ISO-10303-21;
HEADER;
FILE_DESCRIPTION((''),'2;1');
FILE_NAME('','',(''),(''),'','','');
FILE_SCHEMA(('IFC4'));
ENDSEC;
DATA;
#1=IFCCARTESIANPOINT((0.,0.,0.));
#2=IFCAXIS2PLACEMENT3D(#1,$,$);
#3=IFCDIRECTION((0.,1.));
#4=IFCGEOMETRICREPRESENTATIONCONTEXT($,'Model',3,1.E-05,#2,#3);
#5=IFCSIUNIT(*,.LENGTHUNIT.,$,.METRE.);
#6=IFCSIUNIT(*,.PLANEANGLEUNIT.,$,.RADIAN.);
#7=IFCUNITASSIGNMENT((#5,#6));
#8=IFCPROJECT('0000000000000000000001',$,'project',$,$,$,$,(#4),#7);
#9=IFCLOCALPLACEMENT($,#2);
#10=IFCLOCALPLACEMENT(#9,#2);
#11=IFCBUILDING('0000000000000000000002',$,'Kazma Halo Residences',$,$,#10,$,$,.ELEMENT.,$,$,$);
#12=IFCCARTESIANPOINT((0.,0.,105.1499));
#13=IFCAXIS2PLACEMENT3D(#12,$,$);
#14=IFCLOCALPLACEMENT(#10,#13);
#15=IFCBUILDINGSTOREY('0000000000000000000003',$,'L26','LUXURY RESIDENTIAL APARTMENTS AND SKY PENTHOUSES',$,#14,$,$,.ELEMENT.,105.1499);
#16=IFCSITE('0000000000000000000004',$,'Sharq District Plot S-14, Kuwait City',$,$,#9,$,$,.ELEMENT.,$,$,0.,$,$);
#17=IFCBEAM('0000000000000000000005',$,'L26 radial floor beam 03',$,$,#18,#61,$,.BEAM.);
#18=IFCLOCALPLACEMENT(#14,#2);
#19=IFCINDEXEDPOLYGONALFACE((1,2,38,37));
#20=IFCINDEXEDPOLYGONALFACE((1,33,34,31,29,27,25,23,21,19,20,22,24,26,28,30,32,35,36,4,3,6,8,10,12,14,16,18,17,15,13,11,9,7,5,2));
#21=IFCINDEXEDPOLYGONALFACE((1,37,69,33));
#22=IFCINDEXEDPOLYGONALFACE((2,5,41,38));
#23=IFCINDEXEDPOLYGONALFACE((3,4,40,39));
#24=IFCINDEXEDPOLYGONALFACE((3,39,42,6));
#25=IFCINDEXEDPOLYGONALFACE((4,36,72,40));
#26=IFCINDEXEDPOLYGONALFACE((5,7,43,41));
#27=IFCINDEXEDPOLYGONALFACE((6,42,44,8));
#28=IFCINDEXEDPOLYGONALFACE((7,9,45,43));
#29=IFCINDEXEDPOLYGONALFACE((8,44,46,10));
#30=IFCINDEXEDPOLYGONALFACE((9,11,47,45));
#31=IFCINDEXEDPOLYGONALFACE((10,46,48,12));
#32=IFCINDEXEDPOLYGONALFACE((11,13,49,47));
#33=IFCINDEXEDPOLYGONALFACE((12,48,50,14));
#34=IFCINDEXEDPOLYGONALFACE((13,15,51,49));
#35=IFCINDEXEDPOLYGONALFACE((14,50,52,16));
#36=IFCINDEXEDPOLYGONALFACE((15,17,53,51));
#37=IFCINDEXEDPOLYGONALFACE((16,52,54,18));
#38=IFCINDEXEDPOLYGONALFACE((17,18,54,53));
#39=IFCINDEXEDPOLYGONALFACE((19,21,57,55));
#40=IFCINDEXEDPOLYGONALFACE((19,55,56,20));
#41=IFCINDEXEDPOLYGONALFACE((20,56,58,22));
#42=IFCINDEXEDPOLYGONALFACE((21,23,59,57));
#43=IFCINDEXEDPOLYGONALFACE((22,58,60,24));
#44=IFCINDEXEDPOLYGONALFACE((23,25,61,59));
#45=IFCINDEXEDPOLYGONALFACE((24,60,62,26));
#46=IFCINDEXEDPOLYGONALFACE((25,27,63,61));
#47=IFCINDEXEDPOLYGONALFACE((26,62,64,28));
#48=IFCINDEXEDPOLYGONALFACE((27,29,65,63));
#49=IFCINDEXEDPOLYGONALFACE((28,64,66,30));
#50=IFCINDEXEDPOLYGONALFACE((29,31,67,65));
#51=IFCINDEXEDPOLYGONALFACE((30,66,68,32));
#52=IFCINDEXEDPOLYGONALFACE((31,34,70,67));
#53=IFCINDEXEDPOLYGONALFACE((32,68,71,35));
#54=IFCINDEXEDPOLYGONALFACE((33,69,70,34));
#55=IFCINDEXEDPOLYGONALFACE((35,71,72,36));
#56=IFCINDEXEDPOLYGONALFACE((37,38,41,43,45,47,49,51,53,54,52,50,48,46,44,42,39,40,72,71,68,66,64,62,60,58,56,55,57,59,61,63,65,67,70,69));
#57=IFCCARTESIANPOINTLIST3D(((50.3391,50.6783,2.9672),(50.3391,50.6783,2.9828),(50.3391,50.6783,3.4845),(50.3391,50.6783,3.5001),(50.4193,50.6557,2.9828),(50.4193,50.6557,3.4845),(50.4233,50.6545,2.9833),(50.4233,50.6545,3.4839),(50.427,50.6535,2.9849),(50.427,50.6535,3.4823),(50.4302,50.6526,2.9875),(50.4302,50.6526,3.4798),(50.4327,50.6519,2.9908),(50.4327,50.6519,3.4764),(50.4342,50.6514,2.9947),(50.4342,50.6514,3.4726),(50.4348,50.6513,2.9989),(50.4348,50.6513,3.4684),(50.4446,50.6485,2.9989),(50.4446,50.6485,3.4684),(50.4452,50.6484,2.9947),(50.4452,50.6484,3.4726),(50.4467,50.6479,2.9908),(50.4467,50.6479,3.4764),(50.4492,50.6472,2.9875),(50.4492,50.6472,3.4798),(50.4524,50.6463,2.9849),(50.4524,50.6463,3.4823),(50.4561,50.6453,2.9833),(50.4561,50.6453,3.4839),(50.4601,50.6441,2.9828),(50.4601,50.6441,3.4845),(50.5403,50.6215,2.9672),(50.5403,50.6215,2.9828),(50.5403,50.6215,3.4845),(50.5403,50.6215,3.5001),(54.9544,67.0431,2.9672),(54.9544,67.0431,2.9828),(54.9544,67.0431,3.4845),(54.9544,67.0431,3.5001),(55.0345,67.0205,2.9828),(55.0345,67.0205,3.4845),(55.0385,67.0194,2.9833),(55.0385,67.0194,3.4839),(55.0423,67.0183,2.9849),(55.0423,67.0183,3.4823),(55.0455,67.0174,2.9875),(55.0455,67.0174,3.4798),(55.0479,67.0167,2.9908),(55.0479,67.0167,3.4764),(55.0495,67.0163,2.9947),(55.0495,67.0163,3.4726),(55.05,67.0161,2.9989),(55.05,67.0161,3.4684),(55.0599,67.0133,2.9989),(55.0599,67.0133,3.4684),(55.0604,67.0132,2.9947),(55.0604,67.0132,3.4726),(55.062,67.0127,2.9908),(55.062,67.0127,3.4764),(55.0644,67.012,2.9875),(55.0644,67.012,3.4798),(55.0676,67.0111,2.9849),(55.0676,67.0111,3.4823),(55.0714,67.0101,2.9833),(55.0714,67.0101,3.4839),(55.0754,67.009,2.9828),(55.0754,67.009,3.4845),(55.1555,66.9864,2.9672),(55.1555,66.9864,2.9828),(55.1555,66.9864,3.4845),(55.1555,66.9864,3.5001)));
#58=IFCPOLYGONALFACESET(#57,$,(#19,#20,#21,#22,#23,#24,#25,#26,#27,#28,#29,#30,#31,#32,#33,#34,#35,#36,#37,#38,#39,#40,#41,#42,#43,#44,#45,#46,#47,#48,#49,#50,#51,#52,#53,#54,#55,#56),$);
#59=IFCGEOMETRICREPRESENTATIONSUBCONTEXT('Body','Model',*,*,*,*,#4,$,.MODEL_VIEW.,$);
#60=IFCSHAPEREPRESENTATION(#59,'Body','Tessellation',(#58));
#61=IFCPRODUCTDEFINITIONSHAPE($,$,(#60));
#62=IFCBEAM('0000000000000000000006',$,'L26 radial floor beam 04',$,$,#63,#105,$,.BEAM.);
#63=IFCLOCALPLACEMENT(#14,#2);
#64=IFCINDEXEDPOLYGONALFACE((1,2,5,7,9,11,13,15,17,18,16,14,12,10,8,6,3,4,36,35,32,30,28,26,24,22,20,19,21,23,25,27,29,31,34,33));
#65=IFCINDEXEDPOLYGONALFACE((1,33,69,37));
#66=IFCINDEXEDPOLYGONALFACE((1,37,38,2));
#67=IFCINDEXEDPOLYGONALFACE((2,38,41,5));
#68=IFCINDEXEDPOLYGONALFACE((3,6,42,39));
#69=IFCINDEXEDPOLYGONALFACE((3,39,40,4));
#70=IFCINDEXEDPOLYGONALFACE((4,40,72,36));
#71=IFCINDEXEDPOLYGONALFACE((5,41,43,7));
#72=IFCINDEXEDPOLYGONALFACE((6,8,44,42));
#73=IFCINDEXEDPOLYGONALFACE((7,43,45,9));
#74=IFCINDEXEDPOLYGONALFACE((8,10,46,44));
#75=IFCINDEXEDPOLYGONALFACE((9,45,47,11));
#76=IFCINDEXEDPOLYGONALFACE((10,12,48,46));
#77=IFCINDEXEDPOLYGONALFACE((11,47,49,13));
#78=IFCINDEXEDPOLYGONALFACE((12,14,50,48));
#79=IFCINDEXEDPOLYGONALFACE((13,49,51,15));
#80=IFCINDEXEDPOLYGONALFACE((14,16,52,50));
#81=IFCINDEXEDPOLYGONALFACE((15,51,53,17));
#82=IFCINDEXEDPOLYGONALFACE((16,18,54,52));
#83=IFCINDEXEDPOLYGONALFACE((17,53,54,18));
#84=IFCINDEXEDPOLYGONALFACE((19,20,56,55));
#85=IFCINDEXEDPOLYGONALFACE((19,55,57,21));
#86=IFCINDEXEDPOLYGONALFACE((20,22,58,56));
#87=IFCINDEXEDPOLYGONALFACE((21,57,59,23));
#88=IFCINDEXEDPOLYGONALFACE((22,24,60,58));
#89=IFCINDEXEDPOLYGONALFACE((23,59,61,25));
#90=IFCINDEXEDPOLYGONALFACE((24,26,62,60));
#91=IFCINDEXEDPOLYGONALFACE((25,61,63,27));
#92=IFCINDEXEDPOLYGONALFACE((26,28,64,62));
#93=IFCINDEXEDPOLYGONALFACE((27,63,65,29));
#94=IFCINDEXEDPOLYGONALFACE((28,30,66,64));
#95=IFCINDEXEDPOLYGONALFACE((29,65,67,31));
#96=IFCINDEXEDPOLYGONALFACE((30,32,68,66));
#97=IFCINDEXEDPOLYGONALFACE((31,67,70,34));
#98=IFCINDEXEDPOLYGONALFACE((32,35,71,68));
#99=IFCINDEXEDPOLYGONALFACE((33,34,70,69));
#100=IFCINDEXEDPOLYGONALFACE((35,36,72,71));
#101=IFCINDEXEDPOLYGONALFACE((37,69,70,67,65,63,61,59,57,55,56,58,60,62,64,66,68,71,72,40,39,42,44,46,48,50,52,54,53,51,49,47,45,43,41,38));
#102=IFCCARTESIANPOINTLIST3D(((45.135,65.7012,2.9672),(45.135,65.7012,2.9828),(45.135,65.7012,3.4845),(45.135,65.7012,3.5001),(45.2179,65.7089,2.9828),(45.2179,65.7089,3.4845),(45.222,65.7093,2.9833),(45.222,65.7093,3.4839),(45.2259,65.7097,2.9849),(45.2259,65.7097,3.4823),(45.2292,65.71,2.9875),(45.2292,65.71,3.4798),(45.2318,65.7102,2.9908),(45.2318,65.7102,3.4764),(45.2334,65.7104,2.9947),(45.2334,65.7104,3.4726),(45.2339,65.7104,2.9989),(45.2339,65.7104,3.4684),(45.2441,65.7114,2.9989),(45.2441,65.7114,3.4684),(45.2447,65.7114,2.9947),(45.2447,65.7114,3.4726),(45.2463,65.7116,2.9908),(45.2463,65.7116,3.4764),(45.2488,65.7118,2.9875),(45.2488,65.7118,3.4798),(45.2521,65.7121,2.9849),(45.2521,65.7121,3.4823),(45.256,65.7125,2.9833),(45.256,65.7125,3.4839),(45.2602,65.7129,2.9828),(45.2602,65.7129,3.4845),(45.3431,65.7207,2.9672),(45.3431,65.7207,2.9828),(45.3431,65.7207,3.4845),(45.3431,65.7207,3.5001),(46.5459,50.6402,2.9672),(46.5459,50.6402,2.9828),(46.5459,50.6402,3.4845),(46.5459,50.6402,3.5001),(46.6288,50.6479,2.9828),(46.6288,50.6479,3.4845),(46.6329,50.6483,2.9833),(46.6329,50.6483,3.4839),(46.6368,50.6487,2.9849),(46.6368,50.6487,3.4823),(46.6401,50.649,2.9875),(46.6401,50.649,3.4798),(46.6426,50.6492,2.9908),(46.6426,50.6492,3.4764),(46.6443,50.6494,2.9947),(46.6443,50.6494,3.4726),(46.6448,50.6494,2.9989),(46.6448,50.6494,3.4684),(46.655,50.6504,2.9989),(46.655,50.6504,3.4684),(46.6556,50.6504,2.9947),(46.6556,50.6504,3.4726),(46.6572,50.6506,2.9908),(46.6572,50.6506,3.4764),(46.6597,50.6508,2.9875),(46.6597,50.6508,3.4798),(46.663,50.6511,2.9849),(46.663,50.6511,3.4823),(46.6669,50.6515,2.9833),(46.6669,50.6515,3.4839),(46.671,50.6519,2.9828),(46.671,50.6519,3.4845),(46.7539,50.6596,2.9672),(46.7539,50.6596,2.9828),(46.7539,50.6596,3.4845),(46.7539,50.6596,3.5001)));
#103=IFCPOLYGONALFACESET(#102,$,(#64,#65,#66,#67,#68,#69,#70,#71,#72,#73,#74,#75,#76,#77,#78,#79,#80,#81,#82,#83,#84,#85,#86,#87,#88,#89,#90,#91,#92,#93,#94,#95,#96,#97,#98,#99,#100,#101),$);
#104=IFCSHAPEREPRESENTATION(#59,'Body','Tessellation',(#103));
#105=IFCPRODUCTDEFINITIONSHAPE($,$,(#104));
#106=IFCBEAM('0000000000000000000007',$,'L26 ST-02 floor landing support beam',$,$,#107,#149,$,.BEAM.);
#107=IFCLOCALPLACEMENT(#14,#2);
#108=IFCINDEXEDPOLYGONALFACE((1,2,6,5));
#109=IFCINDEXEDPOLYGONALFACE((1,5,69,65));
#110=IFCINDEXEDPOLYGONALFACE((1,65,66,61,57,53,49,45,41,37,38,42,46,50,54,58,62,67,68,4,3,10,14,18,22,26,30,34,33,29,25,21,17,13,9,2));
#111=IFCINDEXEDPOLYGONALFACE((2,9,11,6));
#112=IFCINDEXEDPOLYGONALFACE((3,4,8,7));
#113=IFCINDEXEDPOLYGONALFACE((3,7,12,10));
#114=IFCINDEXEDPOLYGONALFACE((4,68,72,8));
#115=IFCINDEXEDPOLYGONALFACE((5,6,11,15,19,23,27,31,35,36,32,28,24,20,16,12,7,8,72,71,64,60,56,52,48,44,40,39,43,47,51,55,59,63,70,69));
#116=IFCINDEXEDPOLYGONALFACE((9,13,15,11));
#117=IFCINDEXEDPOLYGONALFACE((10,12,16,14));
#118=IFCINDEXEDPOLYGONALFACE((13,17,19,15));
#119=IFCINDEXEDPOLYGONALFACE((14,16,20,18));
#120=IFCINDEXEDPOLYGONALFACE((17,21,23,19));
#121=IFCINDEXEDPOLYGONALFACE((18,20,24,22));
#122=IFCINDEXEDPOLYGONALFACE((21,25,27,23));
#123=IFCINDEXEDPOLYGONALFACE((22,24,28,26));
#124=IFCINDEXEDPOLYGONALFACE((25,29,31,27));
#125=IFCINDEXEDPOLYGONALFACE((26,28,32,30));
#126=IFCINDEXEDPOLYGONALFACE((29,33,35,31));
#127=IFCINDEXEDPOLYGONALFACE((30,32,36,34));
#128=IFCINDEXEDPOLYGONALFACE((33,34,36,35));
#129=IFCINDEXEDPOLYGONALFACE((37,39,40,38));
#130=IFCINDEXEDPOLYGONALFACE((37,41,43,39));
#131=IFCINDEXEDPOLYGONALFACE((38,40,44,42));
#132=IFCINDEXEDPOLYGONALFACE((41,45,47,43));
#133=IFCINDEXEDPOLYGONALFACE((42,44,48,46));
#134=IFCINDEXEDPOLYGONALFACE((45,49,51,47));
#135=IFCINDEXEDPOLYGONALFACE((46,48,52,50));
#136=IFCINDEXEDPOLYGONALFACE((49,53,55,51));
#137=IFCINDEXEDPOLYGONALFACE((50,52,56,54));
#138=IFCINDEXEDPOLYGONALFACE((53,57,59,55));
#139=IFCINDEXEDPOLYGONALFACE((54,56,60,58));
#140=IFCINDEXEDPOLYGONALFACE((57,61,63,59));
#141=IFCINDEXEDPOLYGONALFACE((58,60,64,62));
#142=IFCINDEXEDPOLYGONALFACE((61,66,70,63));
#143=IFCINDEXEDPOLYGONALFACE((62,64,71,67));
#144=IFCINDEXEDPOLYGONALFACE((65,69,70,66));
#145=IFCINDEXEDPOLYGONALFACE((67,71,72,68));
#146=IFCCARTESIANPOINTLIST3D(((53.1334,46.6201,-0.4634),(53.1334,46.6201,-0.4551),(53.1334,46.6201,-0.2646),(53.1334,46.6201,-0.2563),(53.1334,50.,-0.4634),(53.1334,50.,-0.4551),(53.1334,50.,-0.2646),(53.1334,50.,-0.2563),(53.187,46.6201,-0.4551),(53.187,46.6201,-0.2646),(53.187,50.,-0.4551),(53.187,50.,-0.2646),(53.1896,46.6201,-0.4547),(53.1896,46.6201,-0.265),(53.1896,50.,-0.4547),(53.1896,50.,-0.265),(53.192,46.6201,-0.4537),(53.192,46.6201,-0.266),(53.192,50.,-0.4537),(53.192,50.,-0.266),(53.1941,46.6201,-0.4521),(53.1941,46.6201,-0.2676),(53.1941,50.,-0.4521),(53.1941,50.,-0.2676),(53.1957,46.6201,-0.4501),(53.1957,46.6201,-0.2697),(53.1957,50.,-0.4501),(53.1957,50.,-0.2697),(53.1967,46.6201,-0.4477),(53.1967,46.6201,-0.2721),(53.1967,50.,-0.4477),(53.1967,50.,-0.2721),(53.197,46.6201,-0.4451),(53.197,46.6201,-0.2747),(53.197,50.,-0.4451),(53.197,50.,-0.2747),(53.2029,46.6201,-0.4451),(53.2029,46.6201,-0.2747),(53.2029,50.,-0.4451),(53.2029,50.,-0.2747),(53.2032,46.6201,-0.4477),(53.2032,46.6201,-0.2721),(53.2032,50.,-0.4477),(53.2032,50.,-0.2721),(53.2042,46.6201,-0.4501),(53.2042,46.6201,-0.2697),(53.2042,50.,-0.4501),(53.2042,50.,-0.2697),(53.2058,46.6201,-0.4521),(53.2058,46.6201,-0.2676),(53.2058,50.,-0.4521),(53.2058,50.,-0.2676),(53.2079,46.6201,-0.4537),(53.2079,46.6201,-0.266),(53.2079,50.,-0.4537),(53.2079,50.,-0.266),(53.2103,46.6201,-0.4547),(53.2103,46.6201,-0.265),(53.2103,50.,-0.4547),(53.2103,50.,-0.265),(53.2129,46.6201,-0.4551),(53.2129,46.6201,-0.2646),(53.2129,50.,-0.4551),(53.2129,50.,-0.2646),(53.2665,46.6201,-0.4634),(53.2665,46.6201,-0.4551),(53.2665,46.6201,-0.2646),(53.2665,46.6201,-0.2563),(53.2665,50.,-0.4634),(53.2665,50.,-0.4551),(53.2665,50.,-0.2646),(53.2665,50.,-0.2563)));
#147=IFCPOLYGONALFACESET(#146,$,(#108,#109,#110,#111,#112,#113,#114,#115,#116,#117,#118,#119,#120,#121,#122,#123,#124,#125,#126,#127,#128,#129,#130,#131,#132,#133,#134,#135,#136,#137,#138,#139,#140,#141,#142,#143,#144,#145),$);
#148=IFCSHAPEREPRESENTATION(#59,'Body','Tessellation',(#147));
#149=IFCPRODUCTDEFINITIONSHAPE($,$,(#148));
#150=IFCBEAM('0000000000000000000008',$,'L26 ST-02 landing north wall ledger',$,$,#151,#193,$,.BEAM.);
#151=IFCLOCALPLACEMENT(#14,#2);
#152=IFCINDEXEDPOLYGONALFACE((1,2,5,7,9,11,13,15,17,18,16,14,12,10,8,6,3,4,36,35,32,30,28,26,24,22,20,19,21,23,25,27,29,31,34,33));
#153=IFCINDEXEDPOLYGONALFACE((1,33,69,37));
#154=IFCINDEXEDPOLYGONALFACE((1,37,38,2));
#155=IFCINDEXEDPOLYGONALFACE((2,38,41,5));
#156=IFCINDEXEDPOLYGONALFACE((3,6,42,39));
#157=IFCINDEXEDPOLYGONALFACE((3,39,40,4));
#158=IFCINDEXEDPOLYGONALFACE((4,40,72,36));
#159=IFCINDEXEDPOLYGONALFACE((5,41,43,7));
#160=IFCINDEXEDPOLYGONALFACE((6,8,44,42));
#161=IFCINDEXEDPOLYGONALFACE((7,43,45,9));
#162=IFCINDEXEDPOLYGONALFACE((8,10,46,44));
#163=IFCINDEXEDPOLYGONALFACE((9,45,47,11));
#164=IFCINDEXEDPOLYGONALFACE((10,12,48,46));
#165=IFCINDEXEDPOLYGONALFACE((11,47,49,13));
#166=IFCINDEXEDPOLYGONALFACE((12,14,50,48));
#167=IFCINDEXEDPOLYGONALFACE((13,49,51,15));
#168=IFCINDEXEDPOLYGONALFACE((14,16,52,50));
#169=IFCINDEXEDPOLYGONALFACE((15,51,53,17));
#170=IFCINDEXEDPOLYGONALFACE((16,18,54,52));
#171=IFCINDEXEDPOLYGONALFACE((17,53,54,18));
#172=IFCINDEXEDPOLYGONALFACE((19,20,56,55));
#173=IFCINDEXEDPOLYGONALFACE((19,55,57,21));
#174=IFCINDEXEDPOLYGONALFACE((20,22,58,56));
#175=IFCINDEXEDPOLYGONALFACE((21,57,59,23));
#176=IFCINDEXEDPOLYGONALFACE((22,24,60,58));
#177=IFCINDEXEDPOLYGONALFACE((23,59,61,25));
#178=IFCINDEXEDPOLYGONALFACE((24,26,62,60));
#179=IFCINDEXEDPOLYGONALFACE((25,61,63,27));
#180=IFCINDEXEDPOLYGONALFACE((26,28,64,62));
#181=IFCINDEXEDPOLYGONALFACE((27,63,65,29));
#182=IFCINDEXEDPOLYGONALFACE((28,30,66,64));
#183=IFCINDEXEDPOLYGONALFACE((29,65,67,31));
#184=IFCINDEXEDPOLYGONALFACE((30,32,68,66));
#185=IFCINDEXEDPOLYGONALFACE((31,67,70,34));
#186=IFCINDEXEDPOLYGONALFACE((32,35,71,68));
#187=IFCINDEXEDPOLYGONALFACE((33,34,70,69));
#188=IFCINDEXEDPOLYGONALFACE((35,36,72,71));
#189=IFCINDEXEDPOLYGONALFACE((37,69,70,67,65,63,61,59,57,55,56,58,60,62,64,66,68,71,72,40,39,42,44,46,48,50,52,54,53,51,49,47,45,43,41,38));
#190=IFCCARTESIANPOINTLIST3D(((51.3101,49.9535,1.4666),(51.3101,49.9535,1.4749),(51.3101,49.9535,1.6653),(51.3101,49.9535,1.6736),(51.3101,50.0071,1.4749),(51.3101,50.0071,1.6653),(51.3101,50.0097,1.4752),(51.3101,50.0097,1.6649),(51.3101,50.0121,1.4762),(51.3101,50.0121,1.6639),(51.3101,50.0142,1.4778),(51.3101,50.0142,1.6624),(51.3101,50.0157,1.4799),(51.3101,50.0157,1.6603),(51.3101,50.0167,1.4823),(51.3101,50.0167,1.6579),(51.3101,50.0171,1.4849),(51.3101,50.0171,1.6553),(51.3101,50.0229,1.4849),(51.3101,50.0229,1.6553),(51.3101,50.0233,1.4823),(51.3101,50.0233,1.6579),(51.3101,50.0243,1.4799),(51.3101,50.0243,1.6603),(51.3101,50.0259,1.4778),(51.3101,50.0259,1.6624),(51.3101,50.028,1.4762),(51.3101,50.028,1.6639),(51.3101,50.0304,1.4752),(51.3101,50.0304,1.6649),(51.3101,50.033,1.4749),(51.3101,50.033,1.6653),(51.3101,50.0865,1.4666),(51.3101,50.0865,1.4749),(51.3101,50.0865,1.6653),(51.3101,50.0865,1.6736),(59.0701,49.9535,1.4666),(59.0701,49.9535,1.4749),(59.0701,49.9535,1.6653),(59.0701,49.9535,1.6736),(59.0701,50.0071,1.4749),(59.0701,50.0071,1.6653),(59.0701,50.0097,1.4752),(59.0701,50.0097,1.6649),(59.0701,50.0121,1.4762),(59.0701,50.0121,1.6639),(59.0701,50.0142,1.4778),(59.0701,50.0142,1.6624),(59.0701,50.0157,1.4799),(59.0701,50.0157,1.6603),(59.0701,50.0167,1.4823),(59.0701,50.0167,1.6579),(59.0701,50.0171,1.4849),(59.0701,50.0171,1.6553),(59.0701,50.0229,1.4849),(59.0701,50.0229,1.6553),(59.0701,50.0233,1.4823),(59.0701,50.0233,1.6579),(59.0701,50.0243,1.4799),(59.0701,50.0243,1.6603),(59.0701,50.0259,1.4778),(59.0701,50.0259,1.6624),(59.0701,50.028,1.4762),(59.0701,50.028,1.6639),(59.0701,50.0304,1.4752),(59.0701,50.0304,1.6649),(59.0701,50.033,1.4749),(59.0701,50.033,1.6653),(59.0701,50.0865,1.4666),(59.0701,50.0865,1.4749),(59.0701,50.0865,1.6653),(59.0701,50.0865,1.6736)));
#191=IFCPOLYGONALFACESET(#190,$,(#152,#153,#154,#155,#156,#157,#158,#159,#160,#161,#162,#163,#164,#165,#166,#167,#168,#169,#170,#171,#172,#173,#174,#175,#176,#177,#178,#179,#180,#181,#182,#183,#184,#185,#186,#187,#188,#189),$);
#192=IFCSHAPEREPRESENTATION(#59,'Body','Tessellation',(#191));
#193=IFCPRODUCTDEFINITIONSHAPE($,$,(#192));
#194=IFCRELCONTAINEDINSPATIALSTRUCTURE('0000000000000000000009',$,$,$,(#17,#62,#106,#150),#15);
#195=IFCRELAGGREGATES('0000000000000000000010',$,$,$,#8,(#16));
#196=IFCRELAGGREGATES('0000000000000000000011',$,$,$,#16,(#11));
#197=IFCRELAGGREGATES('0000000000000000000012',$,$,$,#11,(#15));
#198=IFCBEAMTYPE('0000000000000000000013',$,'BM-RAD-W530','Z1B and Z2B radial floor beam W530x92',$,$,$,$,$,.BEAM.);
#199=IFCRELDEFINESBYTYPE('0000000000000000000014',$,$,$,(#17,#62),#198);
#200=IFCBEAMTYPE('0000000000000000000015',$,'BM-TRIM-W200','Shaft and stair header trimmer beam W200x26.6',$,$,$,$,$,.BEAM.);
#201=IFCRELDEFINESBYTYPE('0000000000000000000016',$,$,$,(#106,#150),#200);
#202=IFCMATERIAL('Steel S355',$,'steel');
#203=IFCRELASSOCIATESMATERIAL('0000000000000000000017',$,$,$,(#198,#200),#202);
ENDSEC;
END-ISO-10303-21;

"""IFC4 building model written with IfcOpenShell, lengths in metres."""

from ifc_helpers import new_model, si_unit, direction, frame, origin, origin_2d, place, context, subcontext, project, spatial, i_section, extrude, material, material_profile, profile_set, type_object, element, save


model = new_model("IFC4")

# Units and contexts
model_context = context("Model", 3, precision=1e-05, world=origin(), true_north=direction((0.0, 1.0)))
body_context = subcontext(model_context, "Body", "Model", "MODEL_VIEW")
ifc_project = project(units=[si_unit("LENGTHUNIT", "METRE"), si_unit("PLANEANGLEUNIT", "RADIAN")], contexts=[model_context])

# Site, building, storey
site_placement = place(None, origin())
site = spatial("IfcSite", under=ifc_project, at=site_placement, Name="Sharq District Plot S-14, Kuwait City", CompositionType="ELEMENT", RefElevation=0.0)
building_placement = place(site_placement, origin())
building = spatial("IfcBuilding", under=site, at=building_placement, Name="Kazma Halo Residences", CompositionType="ELEMENT")
storey_placement = place(building_placement, frame((0.0, 0.0, 105.1499)))
storey = spatial("IfcBuildingStorey", under=building, at=storey_placement, Name="L26", Description="LUXURY RESIDENTIAL APARTMENTS AND SKY PENTHOUSES", CompositionType="ELEMENT", Elevation=105.1499)

# Shared definitions
ifc_material_1 = material(Name="Steel S355", Category="steel")

# Beams
ifc_material_profile_1 = material_profile(ifc_material_1, i_section(OverallWidth=0.209, OverallDepth=0.533, WebThickness=0.0103, FlangeThickness=0.0156, FilletRadius=0.0161, at=origin_2d()), Name="W530x92")
ifc_profile_set_1 = profile_set([ifc_material_profile_1], Name="Steel S355")
beam_type_1 = type_object("IfcBeamType", Name="BM-RAD-W530", Description="Z1B and Z2B radial floor beam W530x92", PredefinedType="BEAM", material=ifc_profile_set_1)
beam_1_placement = place(storey_placement, frame((50.4397, 50.6499, 3.2336), z_axis=(0.271435, 0.962457, 0.0), x_axis=(-0.962457, 0.271435, 0.0)))
element("IfcBeam", 1, at=beam_1_placement, inside=storey, type_object=beam_type_1, Name="L26 radial floor beam 03", PredefinedType="BEAM", context=body_context, shape_type="SweptSolid", body=[
    extrude(i_section(OverallWidth=0.209, OverallDepth=0.533, WebThickness=0.0103, FlangeThickness=0.0156, FilletRadius=0.0161, at=origin_2d()), origin(), (0.0, 0.0, 1.0), 17.0032),
])
beam_2_placement = place(storey_placement, frame((46.6499, 50.6499, 3.2336), z_axis=(-0.09327, 0.995641, 0.0), x_axis=(-0.995641, -0.09327, 0.0)))
element("IfcBeam", 2, at=beam_2_placement, inside=storey, type_object=beam_type_1, Name="L26 radial floor beam 04", PredefinedType="BEAM", context=body_context, shape_type="SweptSolid", body=[
    extrude(i_section(OverallWidth=0.209, OverallDepth=0.533, WebThickness=0.0103, FlangeThickness=0.0156, FilletRadius=0.0161, at=origin_2d()), origin(), (0.0, 0.0, 1.0), 15.127),
])
ifc_material_profile_2 = material_profile(ifc_material_1, i_section(OverallWidth=0.1331, OverallDepth=0.207, WebThickness=0.0059, FlangeThickness=0.0083, FilletRadius=0.01, at=origin_2d()), Name="W200x26.6")
ifc_profile_set_2 = profile_set([ifc_material_profile_2], Name="Steel S355")
beam_type_2 = type_object("IfcBeamType", Name="BM-TRIM-W200", Description="Shaft and stair header trimmer beam W200x26.6", PredefinedType="BEAM", material=ifc_profile_set_2)
beam_3_placement = place(storey_placement, frame((53.2, 46.6201, -0.3599), z_axis=(0.0, 1.0, 0.0), x_axis=(-1.0, 0.0, 0.0)))
element("IfcBeam", 3, at=beam_3_placement, inside=storey, type_object=beam_type_2, Name="L26 ST-02 floor landing support beam", PredefinedType="BEAM", context=body_context, shape_type="SweptSolid", body=[
    extrude(i_section(OverallWidth=0.1331, OverallDepth=0.207, WebThickness=0.0059, FlangeThickness=0.0083, FilletRadius=0.01, at=origin_2d()), origin(), (0.0, 0.0, 1.0), 3.3799),
])
beam_4_placement = place(storey_placement, frame((51.3101, 50.02, 1.5701), z_axis=(1.0, 0.0, 0.0), x_axis=(0.0, 1.0, 0.0)))
element("IfcBeam", 4, at=beam_4_placement, inside=storey, type_object=beam_type_2, Name="L26 ST-02 landing north wall ledger", PredefinedType="BEAM", context=body_context, shape_type="SweptSolid", body=[
    extrude(i_section(OverallWidth=0.1331, OverallDepth=0.207, WebThickness=0.0059, FlangeThickness=0.0083, FilletRadius=0.01, at=origin_2d()), origin(), (0.0, 0.0, 1.0), 7.76),
])

save(model, "model.ifc")
